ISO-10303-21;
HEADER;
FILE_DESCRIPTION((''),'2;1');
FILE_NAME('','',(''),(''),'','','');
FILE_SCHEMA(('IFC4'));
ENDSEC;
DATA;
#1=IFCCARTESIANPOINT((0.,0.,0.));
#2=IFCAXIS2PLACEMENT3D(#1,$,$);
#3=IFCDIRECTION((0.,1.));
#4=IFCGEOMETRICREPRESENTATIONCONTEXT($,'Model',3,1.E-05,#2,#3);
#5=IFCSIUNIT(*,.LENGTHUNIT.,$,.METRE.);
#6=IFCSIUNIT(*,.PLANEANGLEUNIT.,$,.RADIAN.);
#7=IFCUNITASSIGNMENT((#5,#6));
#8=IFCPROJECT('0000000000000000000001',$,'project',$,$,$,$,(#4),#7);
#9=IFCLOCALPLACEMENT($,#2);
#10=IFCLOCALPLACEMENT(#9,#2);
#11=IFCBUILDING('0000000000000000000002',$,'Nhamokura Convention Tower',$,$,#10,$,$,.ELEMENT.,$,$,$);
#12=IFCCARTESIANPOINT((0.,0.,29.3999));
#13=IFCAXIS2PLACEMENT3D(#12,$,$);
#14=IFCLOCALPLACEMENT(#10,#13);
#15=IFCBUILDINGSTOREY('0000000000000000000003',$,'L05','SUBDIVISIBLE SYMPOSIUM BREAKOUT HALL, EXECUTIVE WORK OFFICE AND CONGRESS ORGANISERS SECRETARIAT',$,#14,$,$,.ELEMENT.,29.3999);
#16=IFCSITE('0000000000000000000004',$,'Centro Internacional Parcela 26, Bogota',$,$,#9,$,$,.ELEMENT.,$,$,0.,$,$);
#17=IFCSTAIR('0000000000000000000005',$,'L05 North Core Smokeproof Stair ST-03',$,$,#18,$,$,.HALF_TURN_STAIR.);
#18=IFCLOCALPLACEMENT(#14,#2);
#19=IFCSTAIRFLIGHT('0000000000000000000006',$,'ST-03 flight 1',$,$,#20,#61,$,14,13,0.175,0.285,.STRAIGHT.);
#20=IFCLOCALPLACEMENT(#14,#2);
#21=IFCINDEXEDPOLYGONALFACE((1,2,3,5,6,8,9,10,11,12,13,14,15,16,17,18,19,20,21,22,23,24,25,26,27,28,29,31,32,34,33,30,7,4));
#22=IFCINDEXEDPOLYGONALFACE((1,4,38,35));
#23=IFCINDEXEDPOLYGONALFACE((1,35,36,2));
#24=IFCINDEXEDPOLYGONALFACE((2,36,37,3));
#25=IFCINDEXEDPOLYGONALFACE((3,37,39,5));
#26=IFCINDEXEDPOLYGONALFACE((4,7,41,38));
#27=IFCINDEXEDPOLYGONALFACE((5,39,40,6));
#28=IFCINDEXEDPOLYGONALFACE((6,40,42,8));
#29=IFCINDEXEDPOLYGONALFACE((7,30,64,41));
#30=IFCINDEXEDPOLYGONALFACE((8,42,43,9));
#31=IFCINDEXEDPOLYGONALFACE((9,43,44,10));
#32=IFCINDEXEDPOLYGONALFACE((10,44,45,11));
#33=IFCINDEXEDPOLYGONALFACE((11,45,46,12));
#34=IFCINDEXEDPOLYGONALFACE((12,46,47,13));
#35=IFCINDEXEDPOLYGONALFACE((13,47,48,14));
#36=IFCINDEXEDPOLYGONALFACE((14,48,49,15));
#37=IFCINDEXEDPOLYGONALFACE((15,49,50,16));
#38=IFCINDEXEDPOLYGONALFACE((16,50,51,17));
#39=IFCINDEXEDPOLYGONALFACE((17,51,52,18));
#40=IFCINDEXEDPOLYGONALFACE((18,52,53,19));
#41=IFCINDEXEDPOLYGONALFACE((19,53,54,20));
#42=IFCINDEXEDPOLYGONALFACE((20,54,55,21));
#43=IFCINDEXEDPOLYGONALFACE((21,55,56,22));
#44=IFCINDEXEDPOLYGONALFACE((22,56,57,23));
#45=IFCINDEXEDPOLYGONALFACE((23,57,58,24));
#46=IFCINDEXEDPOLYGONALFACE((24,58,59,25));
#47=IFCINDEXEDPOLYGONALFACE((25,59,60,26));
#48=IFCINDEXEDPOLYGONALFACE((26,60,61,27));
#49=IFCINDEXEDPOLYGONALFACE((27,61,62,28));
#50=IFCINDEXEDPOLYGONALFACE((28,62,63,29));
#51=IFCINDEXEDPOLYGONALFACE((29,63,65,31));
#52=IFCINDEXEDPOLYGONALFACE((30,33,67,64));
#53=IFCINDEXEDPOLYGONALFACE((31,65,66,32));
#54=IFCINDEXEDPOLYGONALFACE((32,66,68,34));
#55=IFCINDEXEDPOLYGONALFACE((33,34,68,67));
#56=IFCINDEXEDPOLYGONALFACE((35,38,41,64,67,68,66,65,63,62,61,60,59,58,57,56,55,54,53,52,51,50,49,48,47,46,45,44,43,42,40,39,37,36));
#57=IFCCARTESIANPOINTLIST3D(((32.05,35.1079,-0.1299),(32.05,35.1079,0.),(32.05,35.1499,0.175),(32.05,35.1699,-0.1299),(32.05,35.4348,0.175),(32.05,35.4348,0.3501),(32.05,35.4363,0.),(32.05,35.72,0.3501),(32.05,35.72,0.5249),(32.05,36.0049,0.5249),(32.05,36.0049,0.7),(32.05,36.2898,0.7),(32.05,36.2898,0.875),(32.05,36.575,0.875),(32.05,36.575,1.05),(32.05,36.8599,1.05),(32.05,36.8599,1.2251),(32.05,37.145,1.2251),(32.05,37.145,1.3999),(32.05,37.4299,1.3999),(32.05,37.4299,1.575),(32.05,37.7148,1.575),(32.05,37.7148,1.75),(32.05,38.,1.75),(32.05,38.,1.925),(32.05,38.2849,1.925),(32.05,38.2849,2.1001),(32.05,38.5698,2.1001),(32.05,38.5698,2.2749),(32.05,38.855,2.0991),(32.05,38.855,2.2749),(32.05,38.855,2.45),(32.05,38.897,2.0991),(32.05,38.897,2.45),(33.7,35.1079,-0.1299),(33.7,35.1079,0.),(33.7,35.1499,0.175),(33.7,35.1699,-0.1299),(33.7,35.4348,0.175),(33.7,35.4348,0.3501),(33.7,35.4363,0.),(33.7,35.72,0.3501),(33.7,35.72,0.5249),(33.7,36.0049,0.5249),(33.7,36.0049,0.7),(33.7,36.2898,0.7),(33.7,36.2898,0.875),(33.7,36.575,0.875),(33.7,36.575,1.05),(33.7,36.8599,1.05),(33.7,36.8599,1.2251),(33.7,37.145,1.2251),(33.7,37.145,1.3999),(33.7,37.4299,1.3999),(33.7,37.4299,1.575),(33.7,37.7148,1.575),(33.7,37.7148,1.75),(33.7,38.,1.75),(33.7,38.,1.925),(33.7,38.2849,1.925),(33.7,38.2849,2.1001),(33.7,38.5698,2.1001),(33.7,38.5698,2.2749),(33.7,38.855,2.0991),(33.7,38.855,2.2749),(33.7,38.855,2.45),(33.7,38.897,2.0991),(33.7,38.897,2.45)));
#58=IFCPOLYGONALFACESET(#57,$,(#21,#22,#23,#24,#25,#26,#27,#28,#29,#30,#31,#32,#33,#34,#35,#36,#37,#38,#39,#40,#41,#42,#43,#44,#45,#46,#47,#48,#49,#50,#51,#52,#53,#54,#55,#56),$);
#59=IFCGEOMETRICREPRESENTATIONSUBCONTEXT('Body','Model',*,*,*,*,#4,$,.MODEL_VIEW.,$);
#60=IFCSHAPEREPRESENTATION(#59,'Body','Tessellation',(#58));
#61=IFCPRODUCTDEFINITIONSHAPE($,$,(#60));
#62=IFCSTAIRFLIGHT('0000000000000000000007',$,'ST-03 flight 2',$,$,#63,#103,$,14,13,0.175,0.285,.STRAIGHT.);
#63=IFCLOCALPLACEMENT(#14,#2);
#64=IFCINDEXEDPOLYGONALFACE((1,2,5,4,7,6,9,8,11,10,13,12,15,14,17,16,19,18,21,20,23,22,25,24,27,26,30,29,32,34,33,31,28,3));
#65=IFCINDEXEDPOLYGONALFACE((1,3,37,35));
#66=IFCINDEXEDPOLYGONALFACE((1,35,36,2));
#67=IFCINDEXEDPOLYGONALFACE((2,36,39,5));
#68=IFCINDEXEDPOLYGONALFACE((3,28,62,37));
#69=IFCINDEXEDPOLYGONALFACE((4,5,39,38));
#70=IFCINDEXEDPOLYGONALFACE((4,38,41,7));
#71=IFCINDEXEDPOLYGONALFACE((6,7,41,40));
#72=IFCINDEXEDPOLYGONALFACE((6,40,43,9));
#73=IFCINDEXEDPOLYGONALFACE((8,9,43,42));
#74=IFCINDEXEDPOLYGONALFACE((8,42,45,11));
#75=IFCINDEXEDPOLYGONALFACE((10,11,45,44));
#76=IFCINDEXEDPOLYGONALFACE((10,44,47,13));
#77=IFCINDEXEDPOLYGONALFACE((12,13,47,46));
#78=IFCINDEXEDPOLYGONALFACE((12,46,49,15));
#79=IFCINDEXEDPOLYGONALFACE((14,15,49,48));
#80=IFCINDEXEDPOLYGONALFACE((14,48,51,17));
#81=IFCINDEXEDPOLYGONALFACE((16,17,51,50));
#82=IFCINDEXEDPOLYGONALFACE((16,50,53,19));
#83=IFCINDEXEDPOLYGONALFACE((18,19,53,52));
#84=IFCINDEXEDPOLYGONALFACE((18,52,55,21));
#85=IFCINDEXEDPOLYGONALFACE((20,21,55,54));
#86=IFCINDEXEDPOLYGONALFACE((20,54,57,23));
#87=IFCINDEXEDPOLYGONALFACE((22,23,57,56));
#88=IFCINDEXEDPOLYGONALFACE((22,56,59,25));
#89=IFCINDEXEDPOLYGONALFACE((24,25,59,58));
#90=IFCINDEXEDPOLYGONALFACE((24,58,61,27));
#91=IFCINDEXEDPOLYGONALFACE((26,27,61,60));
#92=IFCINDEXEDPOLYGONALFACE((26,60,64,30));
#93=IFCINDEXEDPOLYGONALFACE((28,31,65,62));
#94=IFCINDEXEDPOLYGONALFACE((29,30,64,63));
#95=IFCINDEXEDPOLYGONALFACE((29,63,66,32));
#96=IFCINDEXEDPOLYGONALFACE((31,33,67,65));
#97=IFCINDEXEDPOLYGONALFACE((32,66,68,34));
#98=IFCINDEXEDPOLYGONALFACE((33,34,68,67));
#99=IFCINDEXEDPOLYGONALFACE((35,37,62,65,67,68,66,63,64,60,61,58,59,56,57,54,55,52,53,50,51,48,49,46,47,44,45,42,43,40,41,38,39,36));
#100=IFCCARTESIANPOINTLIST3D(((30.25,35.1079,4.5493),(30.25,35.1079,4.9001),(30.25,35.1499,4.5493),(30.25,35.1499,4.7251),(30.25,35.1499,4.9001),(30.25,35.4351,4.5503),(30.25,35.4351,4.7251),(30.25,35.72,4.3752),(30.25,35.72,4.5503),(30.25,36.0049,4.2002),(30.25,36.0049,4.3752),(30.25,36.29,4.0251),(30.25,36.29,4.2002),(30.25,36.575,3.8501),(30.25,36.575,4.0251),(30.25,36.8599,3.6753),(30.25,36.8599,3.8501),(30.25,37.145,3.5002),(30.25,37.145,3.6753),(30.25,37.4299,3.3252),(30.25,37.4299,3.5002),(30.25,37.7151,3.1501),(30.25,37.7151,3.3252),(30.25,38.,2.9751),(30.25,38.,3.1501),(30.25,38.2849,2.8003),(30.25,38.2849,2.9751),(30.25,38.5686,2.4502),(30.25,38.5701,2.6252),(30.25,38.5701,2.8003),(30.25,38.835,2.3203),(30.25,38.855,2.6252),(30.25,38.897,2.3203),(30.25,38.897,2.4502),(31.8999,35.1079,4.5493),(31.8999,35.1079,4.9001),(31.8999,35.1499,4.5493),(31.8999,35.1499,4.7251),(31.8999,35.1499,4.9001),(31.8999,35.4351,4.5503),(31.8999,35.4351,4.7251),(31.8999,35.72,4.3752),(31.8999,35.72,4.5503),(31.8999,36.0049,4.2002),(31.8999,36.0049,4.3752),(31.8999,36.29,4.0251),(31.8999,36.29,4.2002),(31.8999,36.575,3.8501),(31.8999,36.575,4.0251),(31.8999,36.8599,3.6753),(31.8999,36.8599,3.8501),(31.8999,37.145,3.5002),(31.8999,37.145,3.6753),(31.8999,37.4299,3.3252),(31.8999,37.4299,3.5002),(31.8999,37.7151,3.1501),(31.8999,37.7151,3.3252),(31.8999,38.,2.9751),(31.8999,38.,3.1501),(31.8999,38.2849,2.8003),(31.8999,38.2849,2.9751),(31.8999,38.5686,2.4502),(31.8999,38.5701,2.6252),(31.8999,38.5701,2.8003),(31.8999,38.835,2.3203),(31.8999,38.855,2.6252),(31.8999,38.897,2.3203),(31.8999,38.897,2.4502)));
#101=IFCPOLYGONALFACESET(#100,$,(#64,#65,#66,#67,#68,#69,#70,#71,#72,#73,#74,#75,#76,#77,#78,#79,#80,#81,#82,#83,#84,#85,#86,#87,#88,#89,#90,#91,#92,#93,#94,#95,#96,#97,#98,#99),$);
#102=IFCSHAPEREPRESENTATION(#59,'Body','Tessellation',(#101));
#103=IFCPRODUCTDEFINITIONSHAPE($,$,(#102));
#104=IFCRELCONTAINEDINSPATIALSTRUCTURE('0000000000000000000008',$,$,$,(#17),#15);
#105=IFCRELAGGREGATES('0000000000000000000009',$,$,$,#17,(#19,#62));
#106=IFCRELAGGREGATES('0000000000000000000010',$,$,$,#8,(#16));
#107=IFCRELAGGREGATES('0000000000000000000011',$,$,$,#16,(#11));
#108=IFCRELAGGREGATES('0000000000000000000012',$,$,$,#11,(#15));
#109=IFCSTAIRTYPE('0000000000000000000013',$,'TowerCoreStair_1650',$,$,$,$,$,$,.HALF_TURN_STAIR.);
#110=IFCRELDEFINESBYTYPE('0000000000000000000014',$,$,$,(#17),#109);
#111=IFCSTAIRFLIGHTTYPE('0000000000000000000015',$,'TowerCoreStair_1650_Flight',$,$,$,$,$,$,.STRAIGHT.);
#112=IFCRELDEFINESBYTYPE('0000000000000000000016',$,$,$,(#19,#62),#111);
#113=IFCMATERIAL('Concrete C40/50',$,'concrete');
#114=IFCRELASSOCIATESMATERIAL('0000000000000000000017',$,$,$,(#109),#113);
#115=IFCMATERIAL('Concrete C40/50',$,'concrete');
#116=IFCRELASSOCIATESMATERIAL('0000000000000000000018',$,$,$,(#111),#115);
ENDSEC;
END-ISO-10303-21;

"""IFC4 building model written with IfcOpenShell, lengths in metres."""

from ifc_helpers import new_model, si_unit, direction, frame, origin, place, context, subcontext, project, spatial, polyline, outline, extrude, material, type_object, element, aggregate, save


model = new_model("IFC4")

# Units and contexts
model_context = context("Model", 3, precision=1e-05, world=origin(), true_north=direction((0.0, 1.0)))
body_context = subcontext(model_context, "Body", "Model", "MODEL_VIEW")
ifc_project = project(units=[si_unit("LENGTHUNIT", "METRE"), si_unit("PLANEANGLEUNIT", "RADIAN")], contexts=[model_context])

# Site, building, storey
site_placement = place(None, origin())
site = spatial("IfcSite", under=ifc_project, at=site_placement, Name="Centro Internacional Parcela 26, Bogota", CompositionType="ELEMENT", RefElevation=0.0)
building_placement = place(site_placement, origin())
building = spatial("IfcBuilding", under=site, at=building_placement, Name="Nhamokura Convention Tower", CompositionType="ELEMENT")
storey_placement = place(building_placement, frame((0.0, 0.0, 29.3999)))
storey = spatial("IfcBuildingStorey", under=building, at=storey_placement, Name="L05", Description="SUBDIVISIBLE SYMPOSIUM BREAKOUT HALL, EXECUTIVE WORK OFFICE AND CONGRESS ORGANISERS SECRETARIAT", CompositionType="ELEMENT", Elevation=29.3999)

# Stair, stair flights
ifc_material_1 = material(Name="Concrete C40/50", Category="concrete")
stair_type = type_object("IfcStairType", Name="TowerCoreStair_1650", PredefinedType="HALF_TURN_STAIR", material=ifc_material_1)
stair_placement = place(storey_placement, origin())
stair = element("IfcStair", 1, at=stair_placement, inside=storey, type_object=stair_type, Name="L05 North Core Smokeproof Stair ST-03", PredefinedType="HALF_TURN_STAIR")
ifc_material_2 = material(Name="Concrete C40/50", Category="concrete")
stair_flight_type = type_object("IfcStairFlightType", Name="TowerCoreStair_1650_Flight", PredefinedType="STRAIGHT", material=ifc_material_2)
stair_flight_1_placement = place(storey_placement, frame((32.875, 35.1499, 0.0), z_axis=(0.0, 0.0, 1.0), x_axis=(0.0, 1.0, 0.0)))
stair_flight_1 = element("IfcStairFlight", 2, at=stair_flight_1_placement, type_object=stair_flight_type, Name="ST-03 flight 1", NumberOfRisers=14, NumberOfTreads=13, PredefinedType="STRAIGHT", RiserHeight=0.175, TreadLength=0.285, context=body_context, shape_type="SweptSolid", body=[
    extrude(outline(polyline([(-0.042, 0.0), (0.0, 0.175), (0.2849, 0.175), (0.2849, 0.3501), (0.5701, 0.3501), (0.5701, 0.5249), (0.855, 0.5249), (0.855, 0.7), (1.1399, 0.7), (1.1399, 0.875), (1.425, 0.875), (1.425, 1.05), (1.71, 1.05), (1.71, 1.2251), (1.9951, 1.2251), (1.9951, 1.3999), (2.28, 1.3999), (2.28, 1.575), (2.5649, 1.575), (2.5649, 1.75), (2.8501, 1.75), (2.8501, 1.925), (3.135, 1.925), (3.135, 2.1001), (3.4199, 2.1001), (3.4199, 2.2749), (3.7051, 2.2749), (3.7051, 2.45), (3.7471, 2.45), (3.7471, 2.0991), (3.7051, 2.0991), (0.2864, 0.0), (0.02, -0.1299), (-0.042, -0.1299), (-0.042, 0.0)])), frame((0.0, 0.825, 0.0), z_axis=(0.0, -1.0, 0.0), x_axis=(1.0, 0.0, 0.0)), (0.0, 0.0, 1.0), 1.6499),
])
stair_flight_2_placement = place(storey_placement, frame((31.075, 38.855, 2.4502), z_axis=(0.0, 0.0, 1.0), x_axis=(0.0, -1.0, 0.0)))
stair_flight_2 = element("IfcStairFlight", 3, at=stair_flight_2_placement, type_object=stair_flight_type, Name="ST-03 flight 2", NumberOfRisers=14, NumberOfTreads=13, PredefinedType="STRAIGHT", RiserHeight=0.175, TreadLength=0.285, context=body_context, shape_type="SweptSolid", body=[
    extrude(outline(polyline([(-0.042, 0.0), (0.0, 0.175), (0.2849, 0.175), (0.2849, 0.3501), (0.5701, 0.3501), (0.5701, 0.5249), (0.855, 0.5249), (0.855, 0.7), (1.1399, 0.7), (1.1399, 0.875), (1.425, 0.875), (1.425, 1.05), (1.71, 1.05), (1.71, 1.2251), (1.9951, 1.2251), (1.9951, 1.3999), (2.28, 1.3999), (2.28, 1.575), (2.5649, 1.575), (2.5649, 1.75), (2.8501, 1.75), (2.8501, 1.925), (3.135, 1.925), (3.135, 2.1001), (3.4199, 2.1001), (3.4199, 2.2749), (3.7051, 2.2749), (3.7051, 2.45), (3.7471, 2.45), (3.7471, 2.0991), (3.7051, 2.0991), (0.2864, 0.0), (0.02, -0.1299), (-0.042, -0.1299), (-0.042, 0.0)])), frame((0.0, 0.825, 0.0), z_axis=(0.0, -1.0, 0.0), x_axis=(1.0, 0.0, 0.0)), (0.0, 0.0, 1.0), 1.6499),
])
aggregate(stair, [stair_flight_1, stair_flight_2])

save(model, "model.ifc")
